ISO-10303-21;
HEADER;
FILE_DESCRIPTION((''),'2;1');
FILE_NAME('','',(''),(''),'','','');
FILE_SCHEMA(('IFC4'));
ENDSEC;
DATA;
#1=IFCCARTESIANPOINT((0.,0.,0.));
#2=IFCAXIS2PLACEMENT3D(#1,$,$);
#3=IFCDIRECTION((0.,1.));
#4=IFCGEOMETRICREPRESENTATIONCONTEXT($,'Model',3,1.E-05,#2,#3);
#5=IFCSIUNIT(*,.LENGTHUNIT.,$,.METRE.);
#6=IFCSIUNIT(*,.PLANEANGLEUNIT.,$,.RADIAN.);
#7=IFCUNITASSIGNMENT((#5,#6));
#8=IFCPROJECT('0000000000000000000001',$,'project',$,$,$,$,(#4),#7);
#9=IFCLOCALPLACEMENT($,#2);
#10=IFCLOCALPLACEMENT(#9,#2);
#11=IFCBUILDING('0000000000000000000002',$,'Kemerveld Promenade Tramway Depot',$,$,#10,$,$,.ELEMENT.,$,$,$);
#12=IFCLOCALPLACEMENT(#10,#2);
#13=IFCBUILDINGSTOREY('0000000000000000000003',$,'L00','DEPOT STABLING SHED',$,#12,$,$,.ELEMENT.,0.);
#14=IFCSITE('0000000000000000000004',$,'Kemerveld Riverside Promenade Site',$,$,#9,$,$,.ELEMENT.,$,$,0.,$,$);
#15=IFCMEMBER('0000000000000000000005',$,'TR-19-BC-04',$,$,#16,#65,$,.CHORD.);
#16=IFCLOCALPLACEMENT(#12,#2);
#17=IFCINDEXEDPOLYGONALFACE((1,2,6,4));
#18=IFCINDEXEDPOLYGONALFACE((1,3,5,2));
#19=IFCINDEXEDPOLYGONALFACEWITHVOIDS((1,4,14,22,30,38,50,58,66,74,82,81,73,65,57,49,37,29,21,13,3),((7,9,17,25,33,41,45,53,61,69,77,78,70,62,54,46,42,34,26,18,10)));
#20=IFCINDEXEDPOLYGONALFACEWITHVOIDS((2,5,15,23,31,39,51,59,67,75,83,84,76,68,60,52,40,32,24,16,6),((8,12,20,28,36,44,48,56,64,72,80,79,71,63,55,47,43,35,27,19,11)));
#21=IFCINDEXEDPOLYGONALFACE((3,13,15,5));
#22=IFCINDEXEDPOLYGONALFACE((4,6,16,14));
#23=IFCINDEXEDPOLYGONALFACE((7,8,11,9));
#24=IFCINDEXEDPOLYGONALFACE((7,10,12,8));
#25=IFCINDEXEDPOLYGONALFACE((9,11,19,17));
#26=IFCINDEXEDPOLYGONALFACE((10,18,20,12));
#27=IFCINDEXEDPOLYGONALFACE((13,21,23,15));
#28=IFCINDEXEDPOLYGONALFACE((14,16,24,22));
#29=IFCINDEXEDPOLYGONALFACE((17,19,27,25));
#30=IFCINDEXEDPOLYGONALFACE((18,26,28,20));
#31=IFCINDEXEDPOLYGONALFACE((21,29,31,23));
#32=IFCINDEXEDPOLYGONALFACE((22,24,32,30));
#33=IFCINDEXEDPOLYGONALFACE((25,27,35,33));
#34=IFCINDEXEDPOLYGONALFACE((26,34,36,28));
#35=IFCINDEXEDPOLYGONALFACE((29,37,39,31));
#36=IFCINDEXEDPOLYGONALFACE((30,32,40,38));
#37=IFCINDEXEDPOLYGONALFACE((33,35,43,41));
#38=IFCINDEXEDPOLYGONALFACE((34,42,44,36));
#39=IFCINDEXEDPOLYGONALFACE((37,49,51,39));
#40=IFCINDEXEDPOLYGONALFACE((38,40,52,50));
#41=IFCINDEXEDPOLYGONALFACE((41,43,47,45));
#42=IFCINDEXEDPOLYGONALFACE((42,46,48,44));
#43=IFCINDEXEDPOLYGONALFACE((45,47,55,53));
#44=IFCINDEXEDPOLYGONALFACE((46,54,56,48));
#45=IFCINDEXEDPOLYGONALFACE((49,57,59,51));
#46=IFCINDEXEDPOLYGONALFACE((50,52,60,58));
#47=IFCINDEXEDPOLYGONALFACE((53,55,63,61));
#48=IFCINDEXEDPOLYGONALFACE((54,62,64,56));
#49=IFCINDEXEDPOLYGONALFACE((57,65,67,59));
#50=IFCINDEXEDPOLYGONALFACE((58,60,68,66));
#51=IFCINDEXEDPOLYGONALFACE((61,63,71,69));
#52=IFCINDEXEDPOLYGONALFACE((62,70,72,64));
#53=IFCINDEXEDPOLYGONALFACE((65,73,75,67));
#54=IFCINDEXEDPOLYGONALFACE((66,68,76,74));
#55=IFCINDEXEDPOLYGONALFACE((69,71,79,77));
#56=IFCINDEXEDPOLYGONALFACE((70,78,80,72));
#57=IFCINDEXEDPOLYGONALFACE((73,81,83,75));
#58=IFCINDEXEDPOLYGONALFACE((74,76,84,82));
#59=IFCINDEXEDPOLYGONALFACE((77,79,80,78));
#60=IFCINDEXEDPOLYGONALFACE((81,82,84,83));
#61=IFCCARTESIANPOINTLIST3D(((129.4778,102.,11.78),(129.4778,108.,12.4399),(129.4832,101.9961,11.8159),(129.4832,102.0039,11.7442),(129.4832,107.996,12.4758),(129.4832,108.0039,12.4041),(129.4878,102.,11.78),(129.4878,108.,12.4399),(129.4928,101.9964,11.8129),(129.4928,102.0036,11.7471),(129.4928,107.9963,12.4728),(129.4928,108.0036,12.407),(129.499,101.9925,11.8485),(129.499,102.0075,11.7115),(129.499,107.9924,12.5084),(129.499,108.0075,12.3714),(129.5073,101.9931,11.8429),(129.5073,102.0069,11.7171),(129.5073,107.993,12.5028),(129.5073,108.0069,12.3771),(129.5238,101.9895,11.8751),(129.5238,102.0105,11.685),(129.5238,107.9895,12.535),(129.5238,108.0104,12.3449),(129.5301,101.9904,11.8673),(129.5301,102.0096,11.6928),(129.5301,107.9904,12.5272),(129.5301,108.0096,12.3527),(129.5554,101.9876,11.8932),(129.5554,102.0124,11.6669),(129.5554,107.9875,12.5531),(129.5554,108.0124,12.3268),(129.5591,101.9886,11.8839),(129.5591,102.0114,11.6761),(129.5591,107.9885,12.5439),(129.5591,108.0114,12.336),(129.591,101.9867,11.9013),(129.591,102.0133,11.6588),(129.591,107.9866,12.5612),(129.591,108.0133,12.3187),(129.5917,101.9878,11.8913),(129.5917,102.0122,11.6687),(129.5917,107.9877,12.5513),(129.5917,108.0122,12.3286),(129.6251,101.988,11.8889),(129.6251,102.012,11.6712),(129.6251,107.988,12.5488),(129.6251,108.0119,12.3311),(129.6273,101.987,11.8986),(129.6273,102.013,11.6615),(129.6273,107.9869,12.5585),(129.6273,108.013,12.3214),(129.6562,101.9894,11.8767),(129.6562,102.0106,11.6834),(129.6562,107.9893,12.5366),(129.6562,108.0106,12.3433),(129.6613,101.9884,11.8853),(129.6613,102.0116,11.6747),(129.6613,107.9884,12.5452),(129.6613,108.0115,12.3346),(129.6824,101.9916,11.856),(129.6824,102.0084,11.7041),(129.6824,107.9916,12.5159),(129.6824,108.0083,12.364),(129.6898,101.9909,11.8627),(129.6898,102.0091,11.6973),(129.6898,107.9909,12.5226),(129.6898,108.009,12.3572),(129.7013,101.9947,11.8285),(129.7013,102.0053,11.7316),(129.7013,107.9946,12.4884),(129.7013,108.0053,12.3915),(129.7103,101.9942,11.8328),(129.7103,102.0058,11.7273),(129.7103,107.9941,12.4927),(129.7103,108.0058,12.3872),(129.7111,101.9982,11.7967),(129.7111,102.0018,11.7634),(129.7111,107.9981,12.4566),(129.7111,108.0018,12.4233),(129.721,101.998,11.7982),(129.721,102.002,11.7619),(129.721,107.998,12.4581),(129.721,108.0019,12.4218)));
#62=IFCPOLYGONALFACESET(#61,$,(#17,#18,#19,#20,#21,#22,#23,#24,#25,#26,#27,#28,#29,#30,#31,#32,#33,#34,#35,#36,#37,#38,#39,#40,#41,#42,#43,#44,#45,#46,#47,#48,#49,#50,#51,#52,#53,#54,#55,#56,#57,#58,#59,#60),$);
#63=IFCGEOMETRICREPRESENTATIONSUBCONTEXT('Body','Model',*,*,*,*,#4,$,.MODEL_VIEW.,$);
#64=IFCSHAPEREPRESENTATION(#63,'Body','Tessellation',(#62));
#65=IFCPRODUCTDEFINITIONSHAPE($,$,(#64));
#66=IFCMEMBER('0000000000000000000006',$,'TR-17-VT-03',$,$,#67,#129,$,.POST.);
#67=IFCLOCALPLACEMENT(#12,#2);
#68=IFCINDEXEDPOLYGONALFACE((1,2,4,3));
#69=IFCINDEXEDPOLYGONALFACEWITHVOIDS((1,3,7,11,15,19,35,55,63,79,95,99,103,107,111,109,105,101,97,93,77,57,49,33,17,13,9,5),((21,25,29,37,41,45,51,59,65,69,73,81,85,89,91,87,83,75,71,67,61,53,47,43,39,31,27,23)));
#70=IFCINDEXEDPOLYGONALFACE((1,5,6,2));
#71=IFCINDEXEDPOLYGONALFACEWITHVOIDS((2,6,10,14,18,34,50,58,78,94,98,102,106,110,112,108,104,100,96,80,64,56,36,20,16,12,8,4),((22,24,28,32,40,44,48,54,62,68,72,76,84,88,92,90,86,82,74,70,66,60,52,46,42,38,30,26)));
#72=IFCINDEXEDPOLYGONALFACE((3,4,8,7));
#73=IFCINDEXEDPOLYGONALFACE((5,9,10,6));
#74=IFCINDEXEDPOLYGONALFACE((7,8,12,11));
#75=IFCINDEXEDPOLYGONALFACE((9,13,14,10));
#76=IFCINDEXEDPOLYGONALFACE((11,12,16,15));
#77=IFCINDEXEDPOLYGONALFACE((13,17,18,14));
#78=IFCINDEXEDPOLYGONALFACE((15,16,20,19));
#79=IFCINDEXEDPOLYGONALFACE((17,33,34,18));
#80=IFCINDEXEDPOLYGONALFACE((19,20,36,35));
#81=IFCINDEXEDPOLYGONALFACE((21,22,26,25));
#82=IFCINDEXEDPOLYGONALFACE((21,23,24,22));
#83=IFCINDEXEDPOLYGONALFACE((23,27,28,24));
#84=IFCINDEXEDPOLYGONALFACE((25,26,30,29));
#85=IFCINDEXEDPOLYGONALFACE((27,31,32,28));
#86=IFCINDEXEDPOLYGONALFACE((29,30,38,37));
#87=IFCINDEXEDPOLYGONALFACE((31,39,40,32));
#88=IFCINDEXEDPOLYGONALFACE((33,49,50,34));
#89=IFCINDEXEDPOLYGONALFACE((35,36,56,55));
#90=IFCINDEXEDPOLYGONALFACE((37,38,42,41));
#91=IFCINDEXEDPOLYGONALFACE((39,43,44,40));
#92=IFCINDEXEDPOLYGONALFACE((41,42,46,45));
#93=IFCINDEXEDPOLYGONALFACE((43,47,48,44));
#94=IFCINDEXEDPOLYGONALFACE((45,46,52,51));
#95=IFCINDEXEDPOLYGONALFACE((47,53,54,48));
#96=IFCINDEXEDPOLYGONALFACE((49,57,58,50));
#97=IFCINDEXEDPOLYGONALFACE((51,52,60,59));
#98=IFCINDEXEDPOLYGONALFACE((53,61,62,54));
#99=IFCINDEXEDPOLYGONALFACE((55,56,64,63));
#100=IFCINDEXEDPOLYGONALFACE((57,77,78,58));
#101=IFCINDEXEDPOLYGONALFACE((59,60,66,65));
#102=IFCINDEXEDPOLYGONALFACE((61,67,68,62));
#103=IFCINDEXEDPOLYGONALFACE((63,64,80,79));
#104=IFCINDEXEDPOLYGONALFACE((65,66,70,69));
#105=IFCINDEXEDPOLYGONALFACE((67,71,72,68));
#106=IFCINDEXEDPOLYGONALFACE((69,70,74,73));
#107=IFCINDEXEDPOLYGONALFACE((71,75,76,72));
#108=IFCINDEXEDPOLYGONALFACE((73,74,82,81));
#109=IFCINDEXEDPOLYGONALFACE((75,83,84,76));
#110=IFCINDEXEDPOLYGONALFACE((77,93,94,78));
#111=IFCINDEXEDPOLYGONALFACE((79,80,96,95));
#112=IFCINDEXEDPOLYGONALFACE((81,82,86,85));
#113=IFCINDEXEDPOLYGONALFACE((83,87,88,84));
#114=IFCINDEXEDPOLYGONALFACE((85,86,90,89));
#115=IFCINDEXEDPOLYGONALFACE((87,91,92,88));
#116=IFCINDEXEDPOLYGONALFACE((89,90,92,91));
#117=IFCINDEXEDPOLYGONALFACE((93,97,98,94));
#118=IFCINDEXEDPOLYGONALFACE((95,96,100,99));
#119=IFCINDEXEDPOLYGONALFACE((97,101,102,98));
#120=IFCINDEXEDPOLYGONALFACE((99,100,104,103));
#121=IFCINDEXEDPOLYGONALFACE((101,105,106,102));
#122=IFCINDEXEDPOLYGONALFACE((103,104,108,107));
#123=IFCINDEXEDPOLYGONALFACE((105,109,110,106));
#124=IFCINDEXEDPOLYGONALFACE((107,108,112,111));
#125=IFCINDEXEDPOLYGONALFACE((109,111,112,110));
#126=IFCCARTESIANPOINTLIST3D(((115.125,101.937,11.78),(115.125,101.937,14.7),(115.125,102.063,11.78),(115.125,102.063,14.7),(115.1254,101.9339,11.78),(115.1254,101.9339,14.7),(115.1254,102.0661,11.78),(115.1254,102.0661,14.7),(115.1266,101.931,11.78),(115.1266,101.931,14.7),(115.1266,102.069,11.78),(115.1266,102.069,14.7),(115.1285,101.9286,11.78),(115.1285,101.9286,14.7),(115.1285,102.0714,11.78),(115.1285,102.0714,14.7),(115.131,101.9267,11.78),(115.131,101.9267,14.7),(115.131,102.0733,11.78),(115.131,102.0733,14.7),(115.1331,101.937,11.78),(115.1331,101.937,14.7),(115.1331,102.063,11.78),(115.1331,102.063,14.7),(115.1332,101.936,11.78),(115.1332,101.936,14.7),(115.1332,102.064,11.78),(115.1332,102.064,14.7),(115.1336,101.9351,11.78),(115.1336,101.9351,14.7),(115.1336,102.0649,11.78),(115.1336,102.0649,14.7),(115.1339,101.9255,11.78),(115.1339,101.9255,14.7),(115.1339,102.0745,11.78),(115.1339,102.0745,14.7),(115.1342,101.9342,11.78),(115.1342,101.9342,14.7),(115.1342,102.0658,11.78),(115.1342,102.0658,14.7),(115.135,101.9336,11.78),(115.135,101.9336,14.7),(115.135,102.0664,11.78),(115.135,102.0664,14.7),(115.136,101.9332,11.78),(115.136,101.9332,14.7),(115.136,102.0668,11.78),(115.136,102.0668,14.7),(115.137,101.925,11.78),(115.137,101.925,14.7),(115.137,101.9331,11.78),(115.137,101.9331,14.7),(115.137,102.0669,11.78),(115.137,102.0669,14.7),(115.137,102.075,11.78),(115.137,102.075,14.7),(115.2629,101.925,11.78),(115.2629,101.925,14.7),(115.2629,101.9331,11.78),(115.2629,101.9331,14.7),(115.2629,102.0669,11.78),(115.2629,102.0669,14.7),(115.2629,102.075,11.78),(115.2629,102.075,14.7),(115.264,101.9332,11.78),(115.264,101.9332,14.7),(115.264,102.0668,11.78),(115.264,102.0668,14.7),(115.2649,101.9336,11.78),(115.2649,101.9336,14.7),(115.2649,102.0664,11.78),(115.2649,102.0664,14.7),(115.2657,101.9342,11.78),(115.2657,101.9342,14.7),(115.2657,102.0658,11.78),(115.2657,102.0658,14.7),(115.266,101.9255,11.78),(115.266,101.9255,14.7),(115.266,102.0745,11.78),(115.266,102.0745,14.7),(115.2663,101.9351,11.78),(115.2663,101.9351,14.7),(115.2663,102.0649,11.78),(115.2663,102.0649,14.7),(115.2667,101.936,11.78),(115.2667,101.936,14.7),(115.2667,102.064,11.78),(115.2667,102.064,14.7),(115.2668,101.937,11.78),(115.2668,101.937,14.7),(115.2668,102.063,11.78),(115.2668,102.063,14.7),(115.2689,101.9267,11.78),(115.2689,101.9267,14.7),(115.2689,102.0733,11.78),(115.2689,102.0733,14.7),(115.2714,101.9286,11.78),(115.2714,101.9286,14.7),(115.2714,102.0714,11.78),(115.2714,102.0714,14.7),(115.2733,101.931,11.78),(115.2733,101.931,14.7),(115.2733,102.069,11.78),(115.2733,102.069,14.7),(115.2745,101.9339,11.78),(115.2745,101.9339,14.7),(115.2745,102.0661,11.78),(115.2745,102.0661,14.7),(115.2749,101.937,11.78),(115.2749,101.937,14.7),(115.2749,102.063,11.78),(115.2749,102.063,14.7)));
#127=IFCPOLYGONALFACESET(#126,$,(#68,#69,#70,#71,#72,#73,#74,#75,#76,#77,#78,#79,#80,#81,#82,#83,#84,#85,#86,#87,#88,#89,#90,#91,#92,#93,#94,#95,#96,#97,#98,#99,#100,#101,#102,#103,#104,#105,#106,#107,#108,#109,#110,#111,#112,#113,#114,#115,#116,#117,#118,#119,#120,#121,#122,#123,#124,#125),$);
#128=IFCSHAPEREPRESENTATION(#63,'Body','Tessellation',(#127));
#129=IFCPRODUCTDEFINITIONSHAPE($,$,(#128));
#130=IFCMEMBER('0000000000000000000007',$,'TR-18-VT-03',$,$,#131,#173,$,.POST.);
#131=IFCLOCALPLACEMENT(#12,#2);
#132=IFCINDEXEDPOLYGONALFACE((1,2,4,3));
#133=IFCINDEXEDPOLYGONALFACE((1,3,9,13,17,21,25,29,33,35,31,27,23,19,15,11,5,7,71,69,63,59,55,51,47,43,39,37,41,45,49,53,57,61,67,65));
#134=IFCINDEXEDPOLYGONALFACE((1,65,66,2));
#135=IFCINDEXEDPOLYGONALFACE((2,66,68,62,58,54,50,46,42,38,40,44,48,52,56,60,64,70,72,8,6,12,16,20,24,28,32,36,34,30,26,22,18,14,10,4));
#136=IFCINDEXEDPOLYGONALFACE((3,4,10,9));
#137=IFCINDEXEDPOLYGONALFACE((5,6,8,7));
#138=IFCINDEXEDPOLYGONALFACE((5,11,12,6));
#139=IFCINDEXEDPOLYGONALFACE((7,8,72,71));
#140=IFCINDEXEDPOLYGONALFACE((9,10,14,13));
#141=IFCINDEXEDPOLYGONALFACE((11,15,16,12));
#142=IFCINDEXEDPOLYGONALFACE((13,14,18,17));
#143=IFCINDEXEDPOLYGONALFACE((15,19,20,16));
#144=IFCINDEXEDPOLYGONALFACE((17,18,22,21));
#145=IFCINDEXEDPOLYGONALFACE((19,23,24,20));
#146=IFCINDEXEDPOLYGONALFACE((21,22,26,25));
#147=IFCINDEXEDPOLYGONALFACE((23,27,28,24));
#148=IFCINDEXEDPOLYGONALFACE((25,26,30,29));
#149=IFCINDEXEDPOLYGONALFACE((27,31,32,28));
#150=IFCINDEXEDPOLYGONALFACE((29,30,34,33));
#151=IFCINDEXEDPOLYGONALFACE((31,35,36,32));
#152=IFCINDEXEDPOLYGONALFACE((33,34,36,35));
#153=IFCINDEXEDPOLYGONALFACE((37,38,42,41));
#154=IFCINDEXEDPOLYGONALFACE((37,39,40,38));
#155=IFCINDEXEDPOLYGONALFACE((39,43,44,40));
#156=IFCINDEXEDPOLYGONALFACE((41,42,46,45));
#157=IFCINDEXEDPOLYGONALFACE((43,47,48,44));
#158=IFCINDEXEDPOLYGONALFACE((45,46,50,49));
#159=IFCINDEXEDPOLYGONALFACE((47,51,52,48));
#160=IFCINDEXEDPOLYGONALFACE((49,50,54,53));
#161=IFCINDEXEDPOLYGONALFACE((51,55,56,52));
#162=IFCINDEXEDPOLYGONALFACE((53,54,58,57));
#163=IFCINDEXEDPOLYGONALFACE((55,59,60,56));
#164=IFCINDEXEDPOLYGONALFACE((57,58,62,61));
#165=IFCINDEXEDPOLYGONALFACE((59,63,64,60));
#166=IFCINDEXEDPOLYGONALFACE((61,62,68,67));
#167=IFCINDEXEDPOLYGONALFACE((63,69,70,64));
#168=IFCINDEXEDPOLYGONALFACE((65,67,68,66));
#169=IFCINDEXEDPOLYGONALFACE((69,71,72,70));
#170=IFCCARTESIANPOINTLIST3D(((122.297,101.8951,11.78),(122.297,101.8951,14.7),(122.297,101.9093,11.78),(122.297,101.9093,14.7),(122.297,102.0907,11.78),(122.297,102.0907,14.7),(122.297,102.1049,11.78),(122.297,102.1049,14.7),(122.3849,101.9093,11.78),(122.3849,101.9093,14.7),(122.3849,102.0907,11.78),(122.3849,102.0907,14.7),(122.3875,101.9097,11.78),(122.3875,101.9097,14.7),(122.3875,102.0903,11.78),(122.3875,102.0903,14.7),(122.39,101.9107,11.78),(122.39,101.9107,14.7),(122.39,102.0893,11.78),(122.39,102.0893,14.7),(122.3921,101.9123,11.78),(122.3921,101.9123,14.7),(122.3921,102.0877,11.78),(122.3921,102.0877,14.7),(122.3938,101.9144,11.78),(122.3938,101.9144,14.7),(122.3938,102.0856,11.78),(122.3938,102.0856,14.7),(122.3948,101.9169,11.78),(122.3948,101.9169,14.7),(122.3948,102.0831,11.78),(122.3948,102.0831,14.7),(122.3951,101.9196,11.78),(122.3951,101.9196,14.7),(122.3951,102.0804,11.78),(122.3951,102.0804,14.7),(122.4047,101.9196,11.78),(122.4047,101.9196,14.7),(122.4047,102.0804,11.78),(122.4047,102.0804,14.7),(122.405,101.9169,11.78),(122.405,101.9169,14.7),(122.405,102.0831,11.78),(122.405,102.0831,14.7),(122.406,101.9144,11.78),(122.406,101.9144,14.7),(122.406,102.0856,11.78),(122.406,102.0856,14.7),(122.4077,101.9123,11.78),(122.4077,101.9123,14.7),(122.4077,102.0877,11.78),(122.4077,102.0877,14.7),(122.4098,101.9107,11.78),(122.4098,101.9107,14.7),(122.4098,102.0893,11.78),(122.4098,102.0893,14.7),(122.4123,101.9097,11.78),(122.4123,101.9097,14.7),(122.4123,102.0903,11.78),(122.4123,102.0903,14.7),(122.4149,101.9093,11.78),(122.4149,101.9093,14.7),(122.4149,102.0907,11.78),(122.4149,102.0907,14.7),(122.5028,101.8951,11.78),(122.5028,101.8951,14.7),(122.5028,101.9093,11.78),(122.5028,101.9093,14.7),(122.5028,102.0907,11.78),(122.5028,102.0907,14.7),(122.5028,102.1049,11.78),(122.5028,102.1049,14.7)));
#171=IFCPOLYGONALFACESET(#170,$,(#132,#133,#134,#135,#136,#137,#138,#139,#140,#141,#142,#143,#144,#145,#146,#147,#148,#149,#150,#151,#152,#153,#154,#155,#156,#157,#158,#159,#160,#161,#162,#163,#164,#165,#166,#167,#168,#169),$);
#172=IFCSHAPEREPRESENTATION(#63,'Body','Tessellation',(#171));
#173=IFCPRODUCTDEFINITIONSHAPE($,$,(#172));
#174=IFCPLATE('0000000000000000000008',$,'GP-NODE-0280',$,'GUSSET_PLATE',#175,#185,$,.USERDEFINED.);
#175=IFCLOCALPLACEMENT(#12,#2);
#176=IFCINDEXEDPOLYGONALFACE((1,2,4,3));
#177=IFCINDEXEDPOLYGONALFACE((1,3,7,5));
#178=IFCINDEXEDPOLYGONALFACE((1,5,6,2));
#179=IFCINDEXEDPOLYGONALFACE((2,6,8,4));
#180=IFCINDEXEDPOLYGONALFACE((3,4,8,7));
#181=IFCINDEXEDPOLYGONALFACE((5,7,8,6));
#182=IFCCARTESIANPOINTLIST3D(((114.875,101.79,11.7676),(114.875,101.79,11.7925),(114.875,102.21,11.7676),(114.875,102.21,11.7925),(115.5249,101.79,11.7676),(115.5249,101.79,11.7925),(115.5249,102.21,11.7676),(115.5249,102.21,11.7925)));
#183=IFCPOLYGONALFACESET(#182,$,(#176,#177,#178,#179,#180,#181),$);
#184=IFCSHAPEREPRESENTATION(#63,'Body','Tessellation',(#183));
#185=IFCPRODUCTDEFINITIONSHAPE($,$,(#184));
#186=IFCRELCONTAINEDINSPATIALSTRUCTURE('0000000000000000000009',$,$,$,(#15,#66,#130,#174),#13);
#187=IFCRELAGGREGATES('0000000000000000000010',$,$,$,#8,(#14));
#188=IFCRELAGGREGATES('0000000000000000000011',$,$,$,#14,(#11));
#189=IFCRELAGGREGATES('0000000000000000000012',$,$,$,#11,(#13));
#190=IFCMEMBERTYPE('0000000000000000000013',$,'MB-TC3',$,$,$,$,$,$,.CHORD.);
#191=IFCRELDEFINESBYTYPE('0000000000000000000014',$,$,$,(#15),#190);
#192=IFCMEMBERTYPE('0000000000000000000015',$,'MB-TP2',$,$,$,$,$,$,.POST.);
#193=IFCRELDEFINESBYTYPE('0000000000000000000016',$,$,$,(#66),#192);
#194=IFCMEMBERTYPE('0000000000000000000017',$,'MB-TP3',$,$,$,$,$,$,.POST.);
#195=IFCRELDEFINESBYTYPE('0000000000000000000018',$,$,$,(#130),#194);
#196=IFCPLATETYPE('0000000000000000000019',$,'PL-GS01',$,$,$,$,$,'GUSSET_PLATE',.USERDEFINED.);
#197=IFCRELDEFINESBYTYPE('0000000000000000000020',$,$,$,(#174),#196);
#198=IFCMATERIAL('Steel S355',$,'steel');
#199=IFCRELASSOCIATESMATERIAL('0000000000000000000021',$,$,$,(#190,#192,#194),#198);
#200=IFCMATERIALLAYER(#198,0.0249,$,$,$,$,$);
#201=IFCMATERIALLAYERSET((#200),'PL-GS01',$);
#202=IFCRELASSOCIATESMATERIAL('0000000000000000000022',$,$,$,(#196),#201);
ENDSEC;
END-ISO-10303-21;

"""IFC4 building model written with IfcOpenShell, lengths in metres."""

from ifc_helpers import new_model, si_unit, direction, frame, origin, origin_2d, place, context, subcontext, project, spatial, rectangle, hollow_rectangle, hollow_circle, i_section, extrude, material, layer, layer_set, material_profile, profile_set, type_object, element, save


model = new_model("IFC4")

# Units and contexts
model_context = context("Model", 3, precision=1e-05, world=origin(), true_north=direction((0.0, 1.0)))
body_context = subcontext(model_context, "Body", "Model", "MODEL_VIEW")
ifc_project = project(units=[si_unit("LENGTHUNIT", "METRE"), si_unit("PLANEANGLEUNIT", "RADIAN")], contexts=[model_context])

# Site, building, storey
site_placement = place(None, origin())
site = spatial("IfcSite", under=ifc_project, at=site_placement, Name="Kemerveld Riverside Promenade Site", CompositionType="ELEMENT", RefElevation=0.0)
building_placement = place(site_placement, origin())
building = spatial("IfcBuilding", under=site, at=building_placement, Name="Kemerveld Promenade Tramway Depot", CompositionType="ELEMENT")
storey_placement = place(building_placement, origin())
storey = spatial("IfcBuildingStorey", under=building, at=storey_placement, Name="L00", Description="DEPOT STABLING SHED", CompositionType="ELEMENT", Elevation=0.0)

# Members
ifc_material_1 = material(Name="Steel S355", Category="steel")
ifc_material_profile_1 = material_profile(ifc_material_1, hollow_circle(Radius=0.1223, WallThickness=0.01, at=origin_2d()), Name="244.5x10.0 CHS")
ifc_profile_set_1 = profile_set([ifc_material_profile_1], Name="Steel S355")
member_type_1 = type_object("IfcMemberType", Name="MB-TC3", PredefinedType="CHORD", material=ifc_profile_set_1)
for number, where, z_axis, x_axis, name in (
    (1, (129.6001, 102.0, 11.78), (0.0, 0.994006, 0.109326), (-1.0, 0.0, 0.0), "TR-19-BC-04"),
):
    element("IfcMember", number, at=place(storey_placement, frame(where, z_axis=z_axis, x_axis=x_axis)), inside=storey, type_object=member_type_1, Name=name, PredefinedType="CHORD", context=body_context, shape_type="SweptSolid", body=[
        extrude(hollow_circle(Radius=0.1223, WallThickness=0.01, at=origin_2d()), origin(), (0.0, 0.0, 1.0), 6.0361),
    ])
ifc_material_profile_2 = material_profile(ifc_material_1, hollow_rectangle(XDim=0.1499, YDim=0.1499, WallThickness=0.0081, InnerFilletRadius=0.0039, OuterFilletRadius=0.012, at=origin_2d()), Name="150x150x8.0 SHS")
ifc_profile_set_2 = profile_set([ifc_material_profile_2], Name="Steel S355")
member_type_2 = type_object("IfcMemberType", Name="MB-TP2", PredefinedType="POST", material=ifc_profile_set_2)
member_1_placement = place(storey_placement, frame((115.2, 102.0, 11.78), z_axis=(0.0, 0.0, 1.0), x_axis=(1.0, 0.0, 0.0)))
element("IfcMember", 2, at=member_1_placement, inside=storey, type_object=member_type_2, Name="TR-17-VT-03", PredefinedType="POST", context=body_context, shape_type="SweptSolid", body=[
    extrude(hollow_rectangle(XDim=0.1499, YDim=0.1499, WallThickness=0.0081, InnerFilletRadius=0.0039, OuterFilletRadius=0.012, at=origin_2d()), origin(), (0.0, 0.0, 1.0), 2.9199),
])
ifc_material_profile_3 = material_profile(ifc_material_1, i_section(OverallWidth=0.2058, OverallDepth=0.2097, WebThickness=0.0095, FlangeThickness=0.0142, FilletRadius=0.0103, at=origin_2d()), Name="203x203x60 UC")
ifc_profile_set_3 = profile_set([ifc_material_profile_3], Name="Steel S355")
member_type_3 = type_object("IfcMemberType", Name="MB-TP3", PredefinedType="POST", material=ifc_profile_set_3)
member_2_placement = place(storey_placement, frame((122.3999, 102.0, 11.78), z_axis=(0.0, 0.0, 1.0), x_axis=(1.0, 0.0, 0.0)))
element("IfcMember", 3, at=member_2_placement, inside=storey, type_object=member_type_3, Name="TR-18-VT-03", PredefinedType="POST", context=body_context, shape_type="SweptSolid", body=[
    extrude(i_section(OverallWidth=0.2058, OverallDepth=0.2097, WebThickness=0.0095, FlangeThickness=0.0142, FilletRadius=0.0103, at=origin_2d()), origin(), (0.0, 0.0, 1.0), 2.9199),
])

# Plate
ifc_layer_1 = layer(ifc_material_1, 0.0249)
ifc_layer_set_1 = layer_set([ifc_layer_1], Name="PL-GS01")
plate_type_1 = type_object("IfcPlateType", Name="PL-GS01", ElementType="GUSSET_PLATE", PredefinedType="USERDEFINED", material=ifc_layer_set_1)
for number, where, z_axis, x_axis, name in (
    (4, (115.2, 102.0, 11.7676), (0.0, 0.0, 1.0), (1.0, 0.0, 0.0), "GP-NODE-0280"),
):
    element("IfcPlate", number, at=place(storey_placement, frame(where, z_axis=z_axis, x_axis=x_axis)), inside=storey, type_object=plate_type_1, Name=name, ObjectType="GUSSET_PLATE", PredefinedType="USERDEFINED", context=body_context, shape_type="SweptSolid", body=[
        extrude(rectangle(XDim=0.6499, YDim=0.4199, at=origin_2d()), origin(), (0.0, 0.0, 1.0), 0.0249),
    ])

save(model, "model.ifc")
